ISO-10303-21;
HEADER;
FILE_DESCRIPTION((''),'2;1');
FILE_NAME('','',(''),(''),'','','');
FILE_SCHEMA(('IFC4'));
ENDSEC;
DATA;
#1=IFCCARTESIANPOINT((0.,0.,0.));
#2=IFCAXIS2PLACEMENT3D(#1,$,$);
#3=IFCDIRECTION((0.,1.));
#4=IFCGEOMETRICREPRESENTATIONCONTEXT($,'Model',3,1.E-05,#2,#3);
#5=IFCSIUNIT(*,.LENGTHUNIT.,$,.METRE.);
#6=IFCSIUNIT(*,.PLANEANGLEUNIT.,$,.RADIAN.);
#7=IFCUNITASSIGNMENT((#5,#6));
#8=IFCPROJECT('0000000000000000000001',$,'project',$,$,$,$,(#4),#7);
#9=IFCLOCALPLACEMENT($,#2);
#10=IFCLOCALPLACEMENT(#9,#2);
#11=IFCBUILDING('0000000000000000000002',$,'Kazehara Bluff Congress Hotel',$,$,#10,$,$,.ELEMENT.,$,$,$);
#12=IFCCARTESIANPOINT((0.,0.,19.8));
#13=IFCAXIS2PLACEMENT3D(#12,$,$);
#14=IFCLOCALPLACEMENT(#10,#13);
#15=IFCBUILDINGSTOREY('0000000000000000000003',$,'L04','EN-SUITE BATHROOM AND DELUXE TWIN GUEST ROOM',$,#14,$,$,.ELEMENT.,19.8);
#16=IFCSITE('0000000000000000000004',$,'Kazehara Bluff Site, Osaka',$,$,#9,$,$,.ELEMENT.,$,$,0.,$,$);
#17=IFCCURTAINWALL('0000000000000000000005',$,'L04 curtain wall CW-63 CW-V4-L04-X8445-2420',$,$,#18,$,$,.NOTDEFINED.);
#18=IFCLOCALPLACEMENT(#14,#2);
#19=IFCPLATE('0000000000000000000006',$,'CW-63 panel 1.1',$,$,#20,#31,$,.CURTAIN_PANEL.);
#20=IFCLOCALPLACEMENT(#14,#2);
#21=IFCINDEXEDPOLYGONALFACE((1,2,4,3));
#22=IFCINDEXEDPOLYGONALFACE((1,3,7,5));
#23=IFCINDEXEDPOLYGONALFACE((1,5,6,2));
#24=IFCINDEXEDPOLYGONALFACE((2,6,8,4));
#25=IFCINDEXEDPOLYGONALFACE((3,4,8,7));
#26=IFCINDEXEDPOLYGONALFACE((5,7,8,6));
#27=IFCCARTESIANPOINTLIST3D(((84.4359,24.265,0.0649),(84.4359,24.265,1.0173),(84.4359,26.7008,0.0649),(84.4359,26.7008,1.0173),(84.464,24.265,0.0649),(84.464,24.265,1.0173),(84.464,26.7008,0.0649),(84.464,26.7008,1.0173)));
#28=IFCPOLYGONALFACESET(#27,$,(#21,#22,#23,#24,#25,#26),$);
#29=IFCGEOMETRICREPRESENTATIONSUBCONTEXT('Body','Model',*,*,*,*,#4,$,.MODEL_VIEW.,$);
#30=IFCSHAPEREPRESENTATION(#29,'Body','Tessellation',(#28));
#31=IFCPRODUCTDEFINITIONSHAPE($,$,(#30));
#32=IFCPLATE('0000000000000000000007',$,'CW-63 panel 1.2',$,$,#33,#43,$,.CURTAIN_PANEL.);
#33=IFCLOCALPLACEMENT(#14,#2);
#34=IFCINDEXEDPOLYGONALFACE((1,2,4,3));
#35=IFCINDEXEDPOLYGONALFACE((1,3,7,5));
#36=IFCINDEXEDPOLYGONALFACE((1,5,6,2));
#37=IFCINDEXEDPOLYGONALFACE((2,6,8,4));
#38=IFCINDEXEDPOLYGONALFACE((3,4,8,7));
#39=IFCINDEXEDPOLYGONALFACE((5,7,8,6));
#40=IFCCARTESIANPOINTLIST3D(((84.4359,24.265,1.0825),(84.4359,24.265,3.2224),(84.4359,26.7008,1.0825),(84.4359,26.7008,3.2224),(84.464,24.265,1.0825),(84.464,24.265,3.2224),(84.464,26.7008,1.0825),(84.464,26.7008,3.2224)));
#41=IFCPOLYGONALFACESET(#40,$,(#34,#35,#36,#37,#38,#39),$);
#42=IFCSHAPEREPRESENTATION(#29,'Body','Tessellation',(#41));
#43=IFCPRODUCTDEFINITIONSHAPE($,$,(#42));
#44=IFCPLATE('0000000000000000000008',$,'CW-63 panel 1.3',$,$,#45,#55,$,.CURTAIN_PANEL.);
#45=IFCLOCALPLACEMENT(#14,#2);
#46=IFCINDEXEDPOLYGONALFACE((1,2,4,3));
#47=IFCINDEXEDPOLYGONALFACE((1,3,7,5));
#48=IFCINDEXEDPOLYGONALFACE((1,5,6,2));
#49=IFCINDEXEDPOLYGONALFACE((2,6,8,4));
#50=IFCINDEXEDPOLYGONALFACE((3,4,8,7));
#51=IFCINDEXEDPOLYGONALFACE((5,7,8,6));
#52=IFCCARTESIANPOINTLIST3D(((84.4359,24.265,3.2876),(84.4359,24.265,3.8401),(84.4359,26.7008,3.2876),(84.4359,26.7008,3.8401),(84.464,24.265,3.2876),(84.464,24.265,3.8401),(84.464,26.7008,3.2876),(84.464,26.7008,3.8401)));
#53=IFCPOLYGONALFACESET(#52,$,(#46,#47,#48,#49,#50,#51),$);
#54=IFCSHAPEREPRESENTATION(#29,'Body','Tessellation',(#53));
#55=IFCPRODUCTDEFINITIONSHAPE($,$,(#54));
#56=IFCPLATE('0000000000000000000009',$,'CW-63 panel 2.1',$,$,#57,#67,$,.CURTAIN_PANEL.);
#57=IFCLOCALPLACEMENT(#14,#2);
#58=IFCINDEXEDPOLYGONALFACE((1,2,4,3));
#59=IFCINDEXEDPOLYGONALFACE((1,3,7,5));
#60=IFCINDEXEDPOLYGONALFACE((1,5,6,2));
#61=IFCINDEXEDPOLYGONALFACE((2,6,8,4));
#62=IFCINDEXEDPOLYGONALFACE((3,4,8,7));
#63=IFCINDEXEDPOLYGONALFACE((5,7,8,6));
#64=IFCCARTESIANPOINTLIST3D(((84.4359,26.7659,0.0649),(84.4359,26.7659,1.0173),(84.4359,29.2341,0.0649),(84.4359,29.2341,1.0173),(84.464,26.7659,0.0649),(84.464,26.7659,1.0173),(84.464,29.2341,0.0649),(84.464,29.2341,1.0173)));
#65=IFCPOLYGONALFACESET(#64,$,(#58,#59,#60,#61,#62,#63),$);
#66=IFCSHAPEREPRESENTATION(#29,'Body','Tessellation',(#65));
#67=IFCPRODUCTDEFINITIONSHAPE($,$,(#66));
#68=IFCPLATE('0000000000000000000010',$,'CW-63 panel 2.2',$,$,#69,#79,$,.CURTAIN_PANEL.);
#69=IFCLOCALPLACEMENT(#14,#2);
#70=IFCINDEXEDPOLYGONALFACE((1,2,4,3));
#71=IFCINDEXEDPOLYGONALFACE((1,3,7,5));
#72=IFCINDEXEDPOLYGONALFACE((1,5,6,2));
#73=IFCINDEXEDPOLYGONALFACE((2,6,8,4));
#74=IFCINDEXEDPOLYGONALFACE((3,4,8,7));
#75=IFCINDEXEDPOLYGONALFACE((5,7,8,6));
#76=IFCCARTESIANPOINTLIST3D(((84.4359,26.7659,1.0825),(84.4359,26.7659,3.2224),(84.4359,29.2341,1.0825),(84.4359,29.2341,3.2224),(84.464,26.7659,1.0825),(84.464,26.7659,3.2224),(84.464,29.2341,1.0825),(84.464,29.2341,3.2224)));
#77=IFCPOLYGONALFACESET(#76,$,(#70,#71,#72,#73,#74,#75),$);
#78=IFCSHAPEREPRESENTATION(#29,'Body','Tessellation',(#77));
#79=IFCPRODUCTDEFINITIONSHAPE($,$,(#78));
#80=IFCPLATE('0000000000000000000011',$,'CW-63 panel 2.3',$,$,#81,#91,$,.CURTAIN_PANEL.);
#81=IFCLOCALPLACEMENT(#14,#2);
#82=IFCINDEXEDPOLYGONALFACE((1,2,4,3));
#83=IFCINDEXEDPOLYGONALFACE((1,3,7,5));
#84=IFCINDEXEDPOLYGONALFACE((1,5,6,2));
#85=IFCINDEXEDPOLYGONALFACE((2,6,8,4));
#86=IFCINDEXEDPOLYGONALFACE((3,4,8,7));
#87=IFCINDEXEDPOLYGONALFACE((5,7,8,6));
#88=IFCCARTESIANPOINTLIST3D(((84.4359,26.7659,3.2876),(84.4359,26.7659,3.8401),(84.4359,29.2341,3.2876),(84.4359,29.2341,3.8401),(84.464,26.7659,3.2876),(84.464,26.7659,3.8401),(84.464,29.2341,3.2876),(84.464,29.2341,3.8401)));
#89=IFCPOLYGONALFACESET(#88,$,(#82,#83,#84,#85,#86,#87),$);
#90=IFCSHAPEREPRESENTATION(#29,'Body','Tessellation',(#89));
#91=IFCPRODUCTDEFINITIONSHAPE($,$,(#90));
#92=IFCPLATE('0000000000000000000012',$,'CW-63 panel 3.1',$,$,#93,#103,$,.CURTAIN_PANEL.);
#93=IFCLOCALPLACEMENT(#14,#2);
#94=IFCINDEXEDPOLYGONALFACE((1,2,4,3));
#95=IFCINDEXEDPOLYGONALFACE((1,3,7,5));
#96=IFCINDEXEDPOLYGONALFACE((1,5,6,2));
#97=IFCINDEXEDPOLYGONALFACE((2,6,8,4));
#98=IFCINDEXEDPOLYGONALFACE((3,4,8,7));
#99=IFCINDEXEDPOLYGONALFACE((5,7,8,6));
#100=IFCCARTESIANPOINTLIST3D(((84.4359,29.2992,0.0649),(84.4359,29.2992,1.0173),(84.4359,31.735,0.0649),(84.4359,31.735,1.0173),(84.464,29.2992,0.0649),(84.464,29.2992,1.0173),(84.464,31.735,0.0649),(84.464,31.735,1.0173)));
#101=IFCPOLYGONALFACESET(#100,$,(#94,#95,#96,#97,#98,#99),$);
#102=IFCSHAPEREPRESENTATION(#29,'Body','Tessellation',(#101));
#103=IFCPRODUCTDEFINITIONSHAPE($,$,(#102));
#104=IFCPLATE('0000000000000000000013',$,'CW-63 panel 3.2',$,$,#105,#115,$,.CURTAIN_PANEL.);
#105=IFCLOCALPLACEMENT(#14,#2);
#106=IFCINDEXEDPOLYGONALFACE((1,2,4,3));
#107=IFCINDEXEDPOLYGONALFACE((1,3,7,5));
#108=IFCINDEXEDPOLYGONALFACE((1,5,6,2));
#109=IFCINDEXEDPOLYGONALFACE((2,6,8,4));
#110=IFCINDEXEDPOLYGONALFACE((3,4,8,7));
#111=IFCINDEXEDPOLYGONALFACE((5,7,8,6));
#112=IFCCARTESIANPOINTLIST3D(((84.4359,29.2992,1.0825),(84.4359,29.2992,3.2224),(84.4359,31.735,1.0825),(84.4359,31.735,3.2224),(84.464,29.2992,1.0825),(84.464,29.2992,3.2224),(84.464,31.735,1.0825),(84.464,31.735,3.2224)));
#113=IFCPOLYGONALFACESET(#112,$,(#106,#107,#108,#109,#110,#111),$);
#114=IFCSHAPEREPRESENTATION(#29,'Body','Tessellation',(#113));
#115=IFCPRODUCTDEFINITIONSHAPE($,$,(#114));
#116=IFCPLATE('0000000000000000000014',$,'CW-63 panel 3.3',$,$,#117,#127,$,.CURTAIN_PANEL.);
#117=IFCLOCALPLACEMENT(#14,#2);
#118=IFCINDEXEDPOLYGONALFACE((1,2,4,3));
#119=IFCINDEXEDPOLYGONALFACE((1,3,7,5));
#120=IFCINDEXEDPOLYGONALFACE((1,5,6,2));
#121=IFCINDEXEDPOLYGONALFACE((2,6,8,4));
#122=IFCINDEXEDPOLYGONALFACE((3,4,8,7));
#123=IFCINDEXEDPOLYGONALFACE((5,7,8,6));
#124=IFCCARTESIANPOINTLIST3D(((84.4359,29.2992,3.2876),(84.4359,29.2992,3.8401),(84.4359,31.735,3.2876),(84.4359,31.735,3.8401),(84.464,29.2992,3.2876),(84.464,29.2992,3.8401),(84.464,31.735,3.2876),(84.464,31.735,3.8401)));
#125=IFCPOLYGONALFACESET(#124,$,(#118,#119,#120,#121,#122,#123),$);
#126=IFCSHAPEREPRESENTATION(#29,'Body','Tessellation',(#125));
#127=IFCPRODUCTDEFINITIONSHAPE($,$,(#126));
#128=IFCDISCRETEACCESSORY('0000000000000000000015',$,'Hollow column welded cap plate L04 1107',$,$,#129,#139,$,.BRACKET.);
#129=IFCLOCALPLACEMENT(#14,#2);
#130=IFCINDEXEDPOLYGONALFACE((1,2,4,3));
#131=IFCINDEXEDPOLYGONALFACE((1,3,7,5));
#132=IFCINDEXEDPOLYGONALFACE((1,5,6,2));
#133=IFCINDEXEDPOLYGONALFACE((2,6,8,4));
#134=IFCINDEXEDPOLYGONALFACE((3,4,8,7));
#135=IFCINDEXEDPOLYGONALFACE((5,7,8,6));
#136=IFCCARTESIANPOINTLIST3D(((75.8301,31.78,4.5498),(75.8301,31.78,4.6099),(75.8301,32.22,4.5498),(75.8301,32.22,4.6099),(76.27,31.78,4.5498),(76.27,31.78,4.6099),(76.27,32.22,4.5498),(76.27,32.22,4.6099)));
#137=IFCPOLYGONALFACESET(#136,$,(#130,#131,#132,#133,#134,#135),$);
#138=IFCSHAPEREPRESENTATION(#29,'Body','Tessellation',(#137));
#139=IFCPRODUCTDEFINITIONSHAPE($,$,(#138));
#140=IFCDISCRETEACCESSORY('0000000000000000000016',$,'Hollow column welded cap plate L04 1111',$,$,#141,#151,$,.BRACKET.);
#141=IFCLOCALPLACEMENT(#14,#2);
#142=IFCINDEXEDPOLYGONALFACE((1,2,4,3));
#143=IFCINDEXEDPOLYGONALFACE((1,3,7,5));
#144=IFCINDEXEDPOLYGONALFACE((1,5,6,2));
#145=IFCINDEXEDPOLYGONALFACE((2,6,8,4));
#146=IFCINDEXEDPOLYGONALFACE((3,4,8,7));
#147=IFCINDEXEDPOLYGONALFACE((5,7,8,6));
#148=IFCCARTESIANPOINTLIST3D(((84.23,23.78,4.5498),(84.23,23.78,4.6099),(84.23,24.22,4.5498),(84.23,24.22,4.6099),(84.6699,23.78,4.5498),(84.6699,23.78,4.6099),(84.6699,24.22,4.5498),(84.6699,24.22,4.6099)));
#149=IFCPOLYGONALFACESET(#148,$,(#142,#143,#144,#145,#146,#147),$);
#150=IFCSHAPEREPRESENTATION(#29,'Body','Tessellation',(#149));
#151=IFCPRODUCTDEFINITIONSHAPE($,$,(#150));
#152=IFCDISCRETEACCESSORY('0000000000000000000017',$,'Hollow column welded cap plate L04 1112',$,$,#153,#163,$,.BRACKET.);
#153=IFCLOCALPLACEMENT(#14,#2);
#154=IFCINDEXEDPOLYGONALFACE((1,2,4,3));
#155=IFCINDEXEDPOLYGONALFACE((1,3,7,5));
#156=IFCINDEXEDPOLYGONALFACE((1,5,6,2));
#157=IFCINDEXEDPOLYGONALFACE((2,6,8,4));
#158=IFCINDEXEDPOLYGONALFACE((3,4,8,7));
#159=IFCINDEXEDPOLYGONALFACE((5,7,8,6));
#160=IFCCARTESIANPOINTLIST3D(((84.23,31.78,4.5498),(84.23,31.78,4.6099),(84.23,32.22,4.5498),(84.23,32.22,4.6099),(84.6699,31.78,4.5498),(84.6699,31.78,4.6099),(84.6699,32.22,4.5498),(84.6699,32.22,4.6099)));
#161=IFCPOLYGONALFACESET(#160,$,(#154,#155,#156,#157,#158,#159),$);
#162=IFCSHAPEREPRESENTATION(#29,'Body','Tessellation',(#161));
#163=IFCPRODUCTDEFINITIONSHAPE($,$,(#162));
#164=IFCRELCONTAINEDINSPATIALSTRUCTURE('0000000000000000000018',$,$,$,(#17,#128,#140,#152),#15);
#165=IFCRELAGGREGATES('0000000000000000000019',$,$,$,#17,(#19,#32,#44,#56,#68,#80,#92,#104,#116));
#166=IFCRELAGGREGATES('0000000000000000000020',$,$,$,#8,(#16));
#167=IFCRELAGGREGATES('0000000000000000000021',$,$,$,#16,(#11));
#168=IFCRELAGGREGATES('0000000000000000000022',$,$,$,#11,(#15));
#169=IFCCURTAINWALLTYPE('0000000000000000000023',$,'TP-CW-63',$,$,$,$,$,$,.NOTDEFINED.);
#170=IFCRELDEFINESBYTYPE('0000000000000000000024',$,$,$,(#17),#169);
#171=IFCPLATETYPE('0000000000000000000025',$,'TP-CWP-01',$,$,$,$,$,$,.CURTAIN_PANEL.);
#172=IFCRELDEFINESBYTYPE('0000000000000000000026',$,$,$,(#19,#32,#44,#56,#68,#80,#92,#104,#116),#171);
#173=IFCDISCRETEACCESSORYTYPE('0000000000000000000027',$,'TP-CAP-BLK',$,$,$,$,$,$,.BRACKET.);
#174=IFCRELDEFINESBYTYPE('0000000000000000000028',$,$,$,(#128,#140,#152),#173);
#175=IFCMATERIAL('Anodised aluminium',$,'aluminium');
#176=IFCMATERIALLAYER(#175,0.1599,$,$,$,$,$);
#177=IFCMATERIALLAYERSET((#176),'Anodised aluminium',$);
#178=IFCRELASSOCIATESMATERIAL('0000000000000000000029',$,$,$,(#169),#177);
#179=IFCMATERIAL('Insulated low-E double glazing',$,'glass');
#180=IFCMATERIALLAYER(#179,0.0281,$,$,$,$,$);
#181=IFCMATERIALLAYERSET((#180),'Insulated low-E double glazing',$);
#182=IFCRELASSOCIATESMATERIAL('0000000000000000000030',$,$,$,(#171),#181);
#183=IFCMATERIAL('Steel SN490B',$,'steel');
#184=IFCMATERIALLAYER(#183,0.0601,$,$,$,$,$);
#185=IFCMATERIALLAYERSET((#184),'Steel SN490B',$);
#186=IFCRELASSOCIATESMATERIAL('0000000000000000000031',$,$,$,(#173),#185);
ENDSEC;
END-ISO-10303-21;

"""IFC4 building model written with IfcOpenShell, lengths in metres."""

from ifc_helpers import new_model, si_unit, direction, frame, origin, origin_2d, place, context, subcontext, project, spatial, rectangle, extrude, material, layer, layer_set, type_object, element, aggregate, save


model = new_model("IFC4")

# Units and contexts
model_context = context("Model", 3, precision=1e-05, world=origin(), true_north=direction((0.0, 1.0)))
body_context = subcontext(model_context, "Body", "Model", "MODEL_VIEW")
ifc_project = project(units=[si_unit("LENGTHUNIT", "METRE"), si_unit("PLANEANGLEUNIT", "RADIAN")], contexts=[model_context])

# Site, building, storey
site_placement = place(None, origin())
site = spatial("IfcSite", under=ifc_project, at=site_placement, Name="Kazehara Bluff Site, Osaka", CompositionType="ELEMENT", RefElevation=0.0)
building_placement = place(site_placement, origin())
building = spatial("IfcBuilding", under=site, at=building_placement, Name="Kazehara Bluff Congress Hotel", CompositionType="ELEMENT")
storey_placement = place(building_placement, frame((0.0, 0.0, 19.8)))
storey = spatial("IfcBuildingStorey", under=building, at=storey_placement, Name="L04", Description="EN-SUITE BATHROOM AND DELUXE TWIN GUEST ROOM", CompositionType="ELEMENT", Elevation=19.8)

# Curtain wall
ifc_material_1 = material(Name="Anodised aluminium", Category="aluminium")
ifc_layer_1 = layer(ifc_material_1, 0.1599)
ifc_layer_set_1 = layer_set([ifc_layer_1], Name="Anodised aluminium")
curtain_wall_type = type_object("IfcCurtainWallType", Name="TP-CW-63", PredefinedType="NOTDEFINED", material=ifc_layer_set_1)
curtain_wall_placement = place(storey_placement, origin())
curtain_wall = element("IfcCurtainWall", 1, at=curtain_wall_placement, inside=storey, type_object=curtain_wall_type, Name="L04 curtain wall CW-63 CW-V4-L04-X8445-2420", PredefinedType="NOTDEFINED")

# Plates
ifc_material_2 = material(Name="Insulated low-E double glazing", Category="glass")
ifc_layer_2 = layer(ifc_material_2, 0.0281)
ifc_layer_set_2 = layer_set([ifc_layer_2], Name="Insulated low-E double glazing")
plate_type = type_object("IfcPlateType", Name="TP-CWP-01", PredefinedType="CURTAIN_PANEL", material=ifc_layer_set_2)
plate_1_placement = place(storey_placement, frame((84.45, 25.4829, 0.0649), z_axis=(0.0, 0.0, 1.0), x_axis=(0.0, 1.0, 0.0)))
plate_1 = element("IfcPlate", 2, at=plate_1_placement, type_object=plate_type, Name="CW-63 panel 1.1", PredefinedType="CURTAIN_PANEL", context=body_context, shape_type="SweptSolid", body=[
    extrude(rectangle(XDim=2.4358, YDim=0.0281, at=origin_2d()), origin(), (0.0, 0.0, 1.0), 0.9524),
])
plate_2_placement = place(storey_placement, frame((84.45, 25.4829, 1.0825), z_axis=(0.0, 0.0, 1.0), x_axis=(0.0, 1.0, 0.0)))
plate_2 = element("IfcPlate", 3, at=plate_2_placement, type_object=plate_type, Name="CW-63 panel 1.2", PredefinedType="CURTAIN_PANEL", context=body_context, shape_type="SweptSolid", body=[
    extrude(rectangle(XDim=2.4358, YDim=0.0281, at=origin_2d()), origin(), (0.0, 0.0, 1.0), 2.1399),
])
plate_3_placement = place(storey_placement, frame((84.45, 25.4829, 3.2876), z_axis=(0.0, 0.0, 1.0), x_axis=(0.0, 1.0, 0.0)))
plate_3 = element("IfcPlate", 4, at=plate_3_placement, type_object=plate_type, Name="CW-63 panel 1.3", PredefinedType="CURTAIN_PANEL", context=body_context, shape_type="SweptSolid", body=[
    extrude(rectangle(XDim=2.4358, YDim=0.0281, at=origin_2d()), origin(), (0.0, 0.0, 1.0), 0.5525),
])
plate_4_placement = place(storey_placement, frame((84.45, 28.0, 0.0649), z_axis=(0.0, 0.0, 1.0), x_axis=(0.0, 1.0, 0.0)))
plate_4 = element("IfcPlate", 5, at=plate_4_placement, type_object=plate_type, Name="CW-63 panel 2.1", PredefinedType="CURTAIN_PANEL", context=body_context, shape_type="SweptSolid", body=[
    extrude(rectangle(XDim=2.4683, YDim=0.0281, at=origin_2d()), origin(), (0.0, 0.0, 1.0), 0.9524),
])
plate_5_placement = place(storey_placement, frame((84.45, 28.0, 1.0825), z_axis=(0.0, 0.0, 1.0), x_axis=(0.0, 1.0, 0.0)))
plate_5 = element("IfcPlate", 6, at=plate_5_placement, type_object=plate_type, Name="CW-63 panel 2.2", PredefinedType="CURTAIN_PANEL", context=body_context, shape_type="SweptSolid", body=[
    extrude(rectangle(XDim=2.4683, YDim=0.0281, at=origin_2d()), origin(), (0.0, 0.0, 1.0), 2.1399),
])
plate_6_placement = place(storey_placement, frame((84.45, 28.0, 3.2876), z_axis=(0.0, 0.0, 1.0), x_axis=(0.0, 1.0, 0.0)))
plate_6 = element("IfcPlate", 7, at=plate_6_placement, type_object=plate_type, Name="CW-63 panel 2.3", PredefinedType="CURTAIN_PANEL", context=body_context, shape_type="SweptSolid", body=[
    extrude(rectangle(XDim=2.4683, YDim=0.0281, at=origin_2d()), origin(), (0.0, 0.0, 1.0), 0.5525),
])
plate_7_placement = place(storey_placement, frame((84.45, 30.5171, 0.0649), z_axis=(0.0, 0.0, 1.0), x_axis=(0.0, 1.0, 0.0)))
plate_7 = element("IfcPlate", 8, at=plate_7_placement, type_object=plate_type, Name="CW-63 panel 3.1", PredefinedType="CURTAIN_PANEL", context=body_context, shape_type="SweptSolid", body=[
    extrude(rectangle(XDim=2.4358, YDim=0.0281, at=origin_2d()), origin(), (0.0, 0.0, 1.0), 0.9524),
])
plate_8_placement = place(storey_placement, frame((84.45, 30.5171, 1.0825), z_axis=(0.0, 0.0, 1.0), x_axis=(0.0, 1.0, 0.0)))
plate_8 = element("IfcPlate", 9, at=plate_8_placement, type_object=plate_type, Name="CW-63 panel 3.2", PredefinedType="CURTAIN_PANEL", context=body_context, shape_type="SweptSolid", body=[
    extrude(rectangle(XDim=2.4358, YDim=0.0281, at=origin_2d()), origin(), (0.0, 0.0, 1.0), 2.1399),
])
plate_9_placement = place(storey_placement, frame((84.45, 30.5171, 3.2876), z_axis=(0.0, 0.0, 1.0), x_axis=(0.0, 1.0, 0.0)))
plate_9 = element("IfcPlate", 10, at=plate_9_placement, type_object=plate_type, Name="CW-63 panel 3.3", PredefinedType="CURTAIN_PANEL", context=body_context, shape_type="SweptSolid", body=[
    extrude(rectangle(XDim=2.4358, YDim=0.0281, at=origin_2d()), origin(), (0.0, 0.0, 1.0), 0.5525),
])
aggregate(curtain_wall, [plate_1, plate_2, plate_3, plate_4, plate_5, plate_6, plate_7, plate_8, plate_9])

# Discrete accessories
ifc_material_3 = material(Name="Steel SN490B", Category="steel")
ifc_layer_3 = layer(ifc_material_3, 0.0601)
ifc_layer_set_3 = layer_set([ifc_layer_3], Name="Steel SN490B")
discrete_accessory_type = type_object("IfcDiscreteAccessoryType", Name="TP-CAP-BLK", PredefinedType="BRACKET", material=ifc_layer_set_3)
for number, where, z_axis, x_axis, name in (
    (11, (76.05, 32.0, 4.5498), (0.0, 0.0, 1.0), (1.0, 0.0, 0.0), "Hollow column welded cap plate L04 1107"),
    (12, (84.45, 24.0, 4.5498), (0.0, 0.0, 1.0), (1.0, 0.0, 0.0), "Hollow column welded cap plate L04 1111"),
    (13, (84.45, 32.0, 4.5498), (0.0, 0.0, 1.0), (1.0, 0.0, 0.0), "Hollow column welded cap plate L04 1112"),
):
    element("IfcDiscreteAccessory", number, at=place(storey_placement, frame(where, z_axis=z_axis, x_axis=x_axis)), inside=storey, type_object=discrete_accessory_type, Name=name, PredefinedType="BRACKET", context=body_context, shape_type="SweptSolid", body=[
        extrude(rectangle(XDim=0.4399, YDim=0.4399, at=origin_2d()), origin(), (0.0, 0.0, 1.0), 0.0601),
    ])

save(model, "model.ifc")
